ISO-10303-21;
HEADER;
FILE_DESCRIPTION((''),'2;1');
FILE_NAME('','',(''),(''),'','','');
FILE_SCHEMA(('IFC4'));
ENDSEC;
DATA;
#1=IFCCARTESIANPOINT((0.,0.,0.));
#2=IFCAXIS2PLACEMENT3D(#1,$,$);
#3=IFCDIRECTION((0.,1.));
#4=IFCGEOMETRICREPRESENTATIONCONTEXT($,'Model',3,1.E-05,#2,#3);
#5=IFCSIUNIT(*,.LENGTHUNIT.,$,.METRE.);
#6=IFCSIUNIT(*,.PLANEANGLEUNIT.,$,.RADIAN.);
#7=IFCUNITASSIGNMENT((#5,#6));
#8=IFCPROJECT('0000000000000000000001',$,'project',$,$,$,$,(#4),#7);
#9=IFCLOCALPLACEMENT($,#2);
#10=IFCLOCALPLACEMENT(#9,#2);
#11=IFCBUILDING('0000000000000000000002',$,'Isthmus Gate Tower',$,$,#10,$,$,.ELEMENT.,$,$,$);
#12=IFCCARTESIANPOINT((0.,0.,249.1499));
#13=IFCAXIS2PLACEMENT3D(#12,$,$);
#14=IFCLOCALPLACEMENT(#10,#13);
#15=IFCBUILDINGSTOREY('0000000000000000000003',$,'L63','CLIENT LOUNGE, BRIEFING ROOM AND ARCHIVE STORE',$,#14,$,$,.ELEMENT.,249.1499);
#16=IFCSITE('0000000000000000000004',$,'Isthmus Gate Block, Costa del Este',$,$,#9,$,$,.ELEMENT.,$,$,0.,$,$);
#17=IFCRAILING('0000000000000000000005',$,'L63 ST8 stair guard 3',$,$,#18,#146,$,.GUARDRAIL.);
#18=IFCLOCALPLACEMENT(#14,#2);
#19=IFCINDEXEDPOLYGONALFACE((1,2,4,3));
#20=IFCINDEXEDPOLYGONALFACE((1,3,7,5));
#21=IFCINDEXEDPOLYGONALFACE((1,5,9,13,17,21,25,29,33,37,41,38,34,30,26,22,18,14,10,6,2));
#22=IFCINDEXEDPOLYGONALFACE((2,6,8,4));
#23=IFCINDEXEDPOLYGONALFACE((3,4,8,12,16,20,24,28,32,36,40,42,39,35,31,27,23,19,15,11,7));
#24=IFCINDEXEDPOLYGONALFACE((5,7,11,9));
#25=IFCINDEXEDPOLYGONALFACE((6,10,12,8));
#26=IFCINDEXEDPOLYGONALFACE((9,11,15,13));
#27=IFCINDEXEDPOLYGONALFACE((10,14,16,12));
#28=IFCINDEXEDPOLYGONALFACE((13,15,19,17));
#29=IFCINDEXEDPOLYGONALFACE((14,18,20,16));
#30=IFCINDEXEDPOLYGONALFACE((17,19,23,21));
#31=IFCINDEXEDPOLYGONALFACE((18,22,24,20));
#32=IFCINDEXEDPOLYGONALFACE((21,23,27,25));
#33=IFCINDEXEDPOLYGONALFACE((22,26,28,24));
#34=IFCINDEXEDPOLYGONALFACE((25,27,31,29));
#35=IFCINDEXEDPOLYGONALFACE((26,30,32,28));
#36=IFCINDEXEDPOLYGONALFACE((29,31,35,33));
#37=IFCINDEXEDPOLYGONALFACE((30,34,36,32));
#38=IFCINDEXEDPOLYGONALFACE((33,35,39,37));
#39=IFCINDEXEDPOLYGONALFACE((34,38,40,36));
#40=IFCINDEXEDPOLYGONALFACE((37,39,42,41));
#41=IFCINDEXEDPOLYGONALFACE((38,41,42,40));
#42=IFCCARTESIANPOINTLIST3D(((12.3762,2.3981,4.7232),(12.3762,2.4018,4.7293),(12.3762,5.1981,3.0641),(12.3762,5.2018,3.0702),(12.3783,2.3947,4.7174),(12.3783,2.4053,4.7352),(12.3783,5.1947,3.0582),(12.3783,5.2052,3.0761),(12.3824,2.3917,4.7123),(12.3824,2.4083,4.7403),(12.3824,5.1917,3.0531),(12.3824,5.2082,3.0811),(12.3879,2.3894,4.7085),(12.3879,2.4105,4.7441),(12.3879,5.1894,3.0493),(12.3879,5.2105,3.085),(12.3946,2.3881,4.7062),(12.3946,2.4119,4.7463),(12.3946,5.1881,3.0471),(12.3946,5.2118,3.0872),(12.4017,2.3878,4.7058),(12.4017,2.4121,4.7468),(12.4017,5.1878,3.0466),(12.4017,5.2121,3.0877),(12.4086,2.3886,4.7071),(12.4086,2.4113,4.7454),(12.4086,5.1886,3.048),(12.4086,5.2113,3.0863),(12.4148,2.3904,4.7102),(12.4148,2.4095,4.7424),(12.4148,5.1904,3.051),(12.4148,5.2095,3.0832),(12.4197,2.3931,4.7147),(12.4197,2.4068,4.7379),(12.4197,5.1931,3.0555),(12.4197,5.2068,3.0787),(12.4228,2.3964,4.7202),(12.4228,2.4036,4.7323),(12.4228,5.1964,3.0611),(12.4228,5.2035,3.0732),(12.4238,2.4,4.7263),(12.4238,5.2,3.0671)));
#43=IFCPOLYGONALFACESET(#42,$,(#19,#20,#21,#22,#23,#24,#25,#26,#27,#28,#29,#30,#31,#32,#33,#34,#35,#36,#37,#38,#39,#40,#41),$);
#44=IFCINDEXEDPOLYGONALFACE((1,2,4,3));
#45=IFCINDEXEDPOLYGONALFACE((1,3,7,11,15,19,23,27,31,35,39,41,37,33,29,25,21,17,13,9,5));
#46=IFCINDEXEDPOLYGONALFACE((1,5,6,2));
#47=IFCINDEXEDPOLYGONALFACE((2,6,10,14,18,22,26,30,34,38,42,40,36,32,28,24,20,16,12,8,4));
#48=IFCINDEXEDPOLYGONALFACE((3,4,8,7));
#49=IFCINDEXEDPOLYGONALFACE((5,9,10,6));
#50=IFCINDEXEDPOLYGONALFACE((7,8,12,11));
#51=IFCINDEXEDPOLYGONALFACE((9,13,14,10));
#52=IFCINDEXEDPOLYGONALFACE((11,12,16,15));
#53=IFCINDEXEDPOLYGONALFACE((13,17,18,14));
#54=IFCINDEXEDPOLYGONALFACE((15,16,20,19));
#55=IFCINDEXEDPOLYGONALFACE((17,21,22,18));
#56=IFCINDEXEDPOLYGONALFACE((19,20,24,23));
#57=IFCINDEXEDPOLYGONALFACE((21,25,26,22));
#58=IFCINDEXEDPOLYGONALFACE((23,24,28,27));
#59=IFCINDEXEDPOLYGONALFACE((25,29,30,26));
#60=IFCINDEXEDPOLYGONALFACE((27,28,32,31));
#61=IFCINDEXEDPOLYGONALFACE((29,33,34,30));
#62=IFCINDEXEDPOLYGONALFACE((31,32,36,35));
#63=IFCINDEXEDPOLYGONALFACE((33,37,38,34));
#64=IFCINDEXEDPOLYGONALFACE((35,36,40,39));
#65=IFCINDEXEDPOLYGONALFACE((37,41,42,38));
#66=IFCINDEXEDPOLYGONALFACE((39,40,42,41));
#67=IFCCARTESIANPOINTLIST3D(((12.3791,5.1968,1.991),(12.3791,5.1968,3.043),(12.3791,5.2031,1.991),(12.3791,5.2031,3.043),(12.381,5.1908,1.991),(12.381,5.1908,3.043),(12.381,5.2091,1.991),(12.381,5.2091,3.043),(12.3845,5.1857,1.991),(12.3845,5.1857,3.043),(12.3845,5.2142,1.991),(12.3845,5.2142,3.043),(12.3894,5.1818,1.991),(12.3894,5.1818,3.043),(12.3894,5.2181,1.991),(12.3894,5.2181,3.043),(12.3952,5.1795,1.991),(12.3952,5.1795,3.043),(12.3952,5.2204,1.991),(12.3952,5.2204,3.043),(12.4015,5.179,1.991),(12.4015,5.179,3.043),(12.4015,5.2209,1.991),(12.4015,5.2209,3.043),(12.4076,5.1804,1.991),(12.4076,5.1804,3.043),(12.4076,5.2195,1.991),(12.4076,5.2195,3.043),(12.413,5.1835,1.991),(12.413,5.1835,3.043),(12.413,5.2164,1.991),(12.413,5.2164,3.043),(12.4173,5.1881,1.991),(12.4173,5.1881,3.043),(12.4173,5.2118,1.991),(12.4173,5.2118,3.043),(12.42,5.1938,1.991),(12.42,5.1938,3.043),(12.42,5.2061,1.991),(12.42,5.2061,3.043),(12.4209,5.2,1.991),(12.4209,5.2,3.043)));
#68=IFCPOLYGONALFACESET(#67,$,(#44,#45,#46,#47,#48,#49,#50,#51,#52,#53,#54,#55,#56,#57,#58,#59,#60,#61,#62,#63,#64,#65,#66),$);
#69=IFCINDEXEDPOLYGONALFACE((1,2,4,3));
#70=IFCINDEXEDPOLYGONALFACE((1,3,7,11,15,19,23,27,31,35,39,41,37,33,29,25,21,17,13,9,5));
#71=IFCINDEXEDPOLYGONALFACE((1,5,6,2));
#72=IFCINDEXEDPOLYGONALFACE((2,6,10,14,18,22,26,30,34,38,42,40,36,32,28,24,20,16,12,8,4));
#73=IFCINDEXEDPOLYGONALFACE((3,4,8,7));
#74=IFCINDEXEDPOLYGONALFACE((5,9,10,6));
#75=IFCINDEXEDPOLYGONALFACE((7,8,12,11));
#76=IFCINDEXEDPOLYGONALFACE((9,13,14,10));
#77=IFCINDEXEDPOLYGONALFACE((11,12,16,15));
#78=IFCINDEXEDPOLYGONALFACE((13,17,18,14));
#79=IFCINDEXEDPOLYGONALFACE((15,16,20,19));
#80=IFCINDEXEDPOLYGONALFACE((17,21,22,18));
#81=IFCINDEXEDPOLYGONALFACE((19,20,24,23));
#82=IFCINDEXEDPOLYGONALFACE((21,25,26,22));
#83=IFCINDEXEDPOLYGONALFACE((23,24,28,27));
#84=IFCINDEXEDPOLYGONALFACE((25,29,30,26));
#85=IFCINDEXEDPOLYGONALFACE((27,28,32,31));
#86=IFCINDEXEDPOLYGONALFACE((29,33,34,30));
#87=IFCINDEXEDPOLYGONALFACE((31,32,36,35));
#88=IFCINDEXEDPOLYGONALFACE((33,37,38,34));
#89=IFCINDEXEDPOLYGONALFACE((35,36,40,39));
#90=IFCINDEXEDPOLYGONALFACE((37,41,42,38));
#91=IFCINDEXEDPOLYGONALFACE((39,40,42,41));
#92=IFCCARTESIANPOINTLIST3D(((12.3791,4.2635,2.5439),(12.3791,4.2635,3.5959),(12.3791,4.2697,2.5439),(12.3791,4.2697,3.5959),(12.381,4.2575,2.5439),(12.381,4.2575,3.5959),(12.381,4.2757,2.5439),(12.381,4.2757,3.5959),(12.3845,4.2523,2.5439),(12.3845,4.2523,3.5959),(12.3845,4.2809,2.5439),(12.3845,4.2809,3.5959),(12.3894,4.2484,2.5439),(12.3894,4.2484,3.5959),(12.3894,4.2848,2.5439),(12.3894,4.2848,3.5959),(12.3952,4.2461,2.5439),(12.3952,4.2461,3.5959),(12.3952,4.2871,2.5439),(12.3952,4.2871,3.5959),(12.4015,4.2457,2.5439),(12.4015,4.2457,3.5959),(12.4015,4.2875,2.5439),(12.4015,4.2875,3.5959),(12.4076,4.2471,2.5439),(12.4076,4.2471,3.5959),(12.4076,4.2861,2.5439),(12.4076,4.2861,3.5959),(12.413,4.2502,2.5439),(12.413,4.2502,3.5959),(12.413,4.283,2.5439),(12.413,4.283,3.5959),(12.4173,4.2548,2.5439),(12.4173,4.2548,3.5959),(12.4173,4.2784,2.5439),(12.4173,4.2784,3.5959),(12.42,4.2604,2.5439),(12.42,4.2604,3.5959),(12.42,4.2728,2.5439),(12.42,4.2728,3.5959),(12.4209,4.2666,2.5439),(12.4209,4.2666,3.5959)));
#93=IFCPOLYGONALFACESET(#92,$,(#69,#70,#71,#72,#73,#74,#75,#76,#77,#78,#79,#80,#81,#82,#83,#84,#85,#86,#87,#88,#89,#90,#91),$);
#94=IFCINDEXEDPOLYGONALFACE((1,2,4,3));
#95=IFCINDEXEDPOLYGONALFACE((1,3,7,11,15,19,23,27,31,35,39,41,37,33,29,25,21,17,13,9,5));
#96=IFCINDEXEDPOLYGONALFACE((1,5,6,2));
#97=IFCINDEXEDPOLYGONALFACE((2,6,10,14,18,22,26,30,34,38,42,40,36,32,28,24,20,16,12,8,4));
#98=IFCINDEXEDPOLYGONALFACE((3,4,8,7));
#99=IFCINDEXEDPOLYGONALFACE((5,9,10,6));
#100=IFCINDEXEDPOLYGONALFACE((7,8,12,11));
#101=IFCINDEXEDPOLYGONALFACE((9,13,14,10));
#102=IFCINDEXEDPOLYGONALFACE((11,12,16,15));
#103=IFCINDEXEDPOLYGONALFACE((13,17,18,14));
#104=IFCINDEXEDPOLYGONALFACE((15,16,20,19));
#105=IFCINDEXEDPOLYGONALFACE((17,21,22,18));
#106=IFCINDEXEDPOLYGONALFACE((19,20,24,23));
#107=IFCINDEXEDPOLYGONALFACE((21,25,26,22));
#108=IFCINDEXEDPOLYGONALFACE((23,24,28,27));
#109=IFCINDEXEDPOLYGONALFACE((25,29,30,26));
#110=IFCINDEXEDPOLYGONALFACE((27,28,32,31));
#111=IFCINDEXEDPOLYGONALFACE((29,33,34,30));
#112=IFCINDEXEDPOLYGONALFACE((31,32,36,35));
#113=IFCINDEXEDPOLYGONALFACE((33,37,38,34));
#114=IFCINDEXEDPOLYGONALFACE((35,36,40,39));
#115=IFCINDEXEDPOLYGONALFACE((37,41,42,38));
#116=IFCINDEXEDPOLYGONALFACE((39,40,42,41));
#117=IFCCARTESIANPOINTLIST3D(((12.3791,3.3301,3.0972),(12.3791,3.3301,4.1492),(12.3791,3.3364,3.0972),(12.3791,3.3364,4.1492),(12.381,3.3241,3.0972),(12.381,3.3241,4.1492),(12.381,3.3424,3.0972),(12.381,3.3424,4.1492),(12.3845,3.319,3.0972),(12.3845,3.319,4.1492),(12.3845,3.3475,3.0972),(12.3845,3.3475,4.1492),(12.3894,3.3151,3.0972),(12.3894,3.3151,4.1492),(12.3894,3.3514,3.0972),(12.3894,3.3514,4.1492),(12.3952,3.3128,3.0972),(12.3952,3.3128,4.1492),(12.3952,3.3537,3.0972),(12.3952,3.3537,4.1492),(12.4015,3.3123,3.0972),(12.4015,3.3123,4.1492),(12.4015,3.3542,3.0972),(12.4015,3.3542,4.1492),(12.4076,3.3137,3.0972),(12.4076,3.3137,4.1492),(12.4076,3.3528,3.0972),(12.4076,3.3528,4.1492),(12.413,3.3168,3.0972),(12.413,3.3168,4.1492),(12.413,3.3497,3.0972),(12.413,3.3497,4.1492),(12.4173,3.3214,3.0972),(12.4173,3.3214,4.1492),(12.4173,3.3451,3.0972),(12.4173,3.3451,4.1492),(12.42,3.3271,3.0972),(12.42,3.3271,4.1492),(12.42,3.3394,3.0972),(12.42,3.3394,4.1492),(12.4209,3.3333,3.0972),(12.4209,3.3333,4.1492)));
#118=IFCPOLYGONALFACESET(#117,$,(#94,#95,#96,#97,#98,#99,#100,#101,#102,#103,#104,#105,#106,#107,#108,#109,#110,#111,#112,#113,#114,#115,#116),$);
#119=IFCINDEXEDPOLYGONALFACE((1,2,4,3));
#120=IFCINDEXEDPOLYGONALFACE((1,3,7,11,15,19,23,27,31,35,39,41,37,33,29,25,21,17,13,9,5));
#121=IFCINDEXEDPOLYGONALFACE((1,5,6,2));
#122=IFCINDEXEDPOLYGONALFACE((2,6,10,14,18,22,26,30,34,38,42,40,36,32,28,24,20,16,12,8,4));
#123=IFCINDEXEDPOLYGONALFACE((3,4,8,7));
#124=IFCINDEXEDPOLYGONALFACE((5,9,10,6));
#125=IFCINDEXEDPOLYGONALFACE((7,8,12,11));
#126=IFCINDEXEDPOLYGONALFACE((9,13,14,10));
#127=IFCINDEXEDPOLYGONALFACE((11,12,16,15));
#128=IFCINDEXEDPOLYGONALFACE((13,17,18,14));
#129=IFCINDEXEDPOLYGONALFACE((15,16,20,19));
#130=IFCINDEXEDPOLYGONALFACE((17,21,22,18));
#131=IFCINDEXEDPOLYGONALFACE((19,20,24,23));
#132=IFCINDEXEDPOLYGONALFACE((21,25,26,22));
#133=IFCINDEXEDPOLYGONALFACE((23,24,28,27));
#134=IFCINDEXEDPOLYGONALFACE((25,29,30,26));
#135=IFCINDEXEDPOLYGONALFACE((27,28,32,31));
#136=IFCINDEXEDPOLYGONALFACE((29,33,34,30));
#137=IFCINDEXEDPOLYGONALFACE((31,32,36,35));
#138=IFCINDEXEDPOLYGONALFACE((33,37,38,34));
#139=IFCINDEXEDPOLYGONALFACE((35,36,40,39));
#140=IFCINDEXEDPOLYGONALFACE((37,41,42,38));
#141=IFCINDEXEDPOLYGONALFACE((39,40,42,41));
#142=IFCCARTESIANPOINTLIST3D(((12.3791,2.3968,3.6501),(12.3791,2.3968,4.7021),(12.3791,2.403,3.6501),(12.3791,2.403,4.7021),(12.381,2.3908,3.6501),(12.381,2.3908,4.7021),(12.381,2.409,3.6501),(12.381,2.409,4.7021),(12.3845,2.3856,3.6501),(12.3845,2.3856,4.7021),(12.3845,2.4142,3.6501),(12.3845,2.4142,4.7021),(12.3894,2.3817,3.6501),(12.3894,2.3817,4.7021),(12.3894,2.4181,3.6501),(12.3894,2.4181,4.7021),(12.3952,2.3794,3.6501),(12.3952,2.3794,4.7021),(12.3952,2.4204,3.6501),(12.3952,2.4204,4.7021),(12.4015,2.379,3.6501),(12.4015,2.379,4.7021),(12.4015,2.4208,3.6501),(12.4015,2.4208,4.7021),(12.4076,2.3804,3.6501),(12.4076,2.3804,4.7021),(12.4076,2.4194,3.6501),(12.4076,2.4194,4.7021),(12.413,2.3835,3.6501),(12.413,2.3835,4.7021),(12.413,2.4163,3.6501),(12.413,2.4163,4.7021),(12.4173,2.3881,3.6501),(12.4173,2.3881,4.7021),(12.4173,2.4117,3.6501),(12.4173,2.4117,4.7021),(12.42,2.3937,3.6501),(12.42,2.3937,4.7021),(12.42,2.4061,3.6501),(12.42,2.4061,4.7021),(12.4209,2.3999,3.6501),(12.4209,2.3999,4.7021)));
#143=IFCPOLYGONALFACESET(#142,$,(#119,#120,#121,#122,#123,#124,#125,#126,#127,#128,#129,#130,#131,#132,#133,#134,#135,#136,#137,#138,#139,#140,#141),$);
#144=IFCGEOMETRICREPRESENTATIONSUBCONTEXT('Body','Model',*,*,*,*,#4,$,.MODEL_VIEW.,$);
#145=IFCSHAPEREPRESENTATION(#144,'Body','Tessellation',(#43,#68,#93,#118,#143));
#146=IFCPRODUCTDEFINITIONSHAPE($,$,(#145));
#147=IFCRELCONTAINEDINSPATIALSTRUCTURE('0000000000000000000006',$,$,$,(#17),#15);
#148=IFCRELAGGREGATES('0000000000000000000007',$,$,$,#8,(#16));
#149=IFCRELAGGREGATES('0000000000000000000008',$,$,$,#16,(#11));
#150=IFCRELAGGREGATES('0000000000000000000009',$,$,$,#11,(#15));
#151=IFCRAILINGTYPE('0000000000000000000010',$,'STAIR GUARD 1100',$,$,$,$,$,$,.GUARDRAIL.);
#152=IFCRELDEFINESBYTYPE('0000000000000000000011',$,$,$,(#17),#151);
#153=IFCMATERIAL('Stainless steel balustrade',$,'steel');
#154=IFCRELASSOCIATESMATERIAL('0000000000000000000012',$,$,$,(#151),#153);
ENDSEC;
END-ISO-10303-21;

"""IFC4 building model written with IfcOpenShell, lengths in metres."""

from ifc_helpers import new_model, si_unit, direction, frame, origin, origin_2d, place, context, subcontext, project, spatial, circle, extrude, material, type_object, element, save


model = new_model("IFC4")

# Units and contexts
model_context = context("Model", 3, precision=1e-05, world=origin(), true_north=direction((0.0, 1.0)))
body_context = subcontext(model_context, "Body", "Model", "MODEL_VIEW")
ifc_project = project(units=[si_unit("LENGTHUNIT", "METRE"), si_unit("PLANEANGLEUNIT", "RADIAN")], contexts=[model_context])

# Site, building, storey
site_placement = place(None, origin())
site = spatial("IfcSite", under=ifc_project, at=site_placement, Name="Isthmus Gate Block, Costa del Este", CompositionType="ELEMENT", RefElevation=0.0)
building_placement = place(site_placement, origin())
building = spatial("IfcBuilding", under=site, at=building_placement, Name="Isthmus Gate Tower", CompositionType="ELEMENT")
storey_placement = place(building_placement, frame((0.0, 0.0, 249.1499)))
storey = spatial("IfcBuildingStorey", under=building, at=storey_placement, Name="L63", Description="CLIENT LOUNGE, BRIEFING ROOM AND ARCHIVE STORE", CompositionType="ELEMENT", Elevation=249.1499)

# Railing
ifc_material_1 = material(Name="Stainless steel balustrade", Category="steel")
railing_type_1 = type_object("IfcRailingType", Name="STAIR GUARD 1100", PredefinedType="GUARDRAIL", material=ifc_material_1)
railing_1_placement = place(storey_placement, frame((12.3999, 5.2, 1.991)))
element("IfcRailing", 1, at=railing_1_placement, inside=storey, type_object=railing_type_1, Name="L63 ST8 stair guard 3", PredefinedType="GUARDRAIL", context=body_context, shape_type="SweptSolid", body=[
    extrude(circle(Radius=0.0239, at=origin_2d()), frame((0.0, 0.0, 1.0762), z_axis=(0.0, -0.860306, 0.509778), x_axis=(1.0, 0.0, 0.0)), (0.0, 0.0, 1.0), 3.2546),
    extrude(circle(Radius=0.021, at=origin_2d()), origin(), (0.0, 0.0, 1.0), 1.052),
    extrude(circle(Radius=0.021, at=origin_2d()), frame((0.0, -0.9333, 0.553)), (0.0, 0.0, 1.0), 1.052),
    extrude(circle(Radius=0.021, at=origin_2d()), frame((0.0, -1.8667, 1.1062)), (0.0, 0.0, 1.0), 1.052),
    extrude(circle(Radius=0.021, at=origin_2d()), frame((0.0, -2.8, 1.6592)), (0.0, 0.0, 1.0), 1.052),
])

save(model, "model.ifc")
